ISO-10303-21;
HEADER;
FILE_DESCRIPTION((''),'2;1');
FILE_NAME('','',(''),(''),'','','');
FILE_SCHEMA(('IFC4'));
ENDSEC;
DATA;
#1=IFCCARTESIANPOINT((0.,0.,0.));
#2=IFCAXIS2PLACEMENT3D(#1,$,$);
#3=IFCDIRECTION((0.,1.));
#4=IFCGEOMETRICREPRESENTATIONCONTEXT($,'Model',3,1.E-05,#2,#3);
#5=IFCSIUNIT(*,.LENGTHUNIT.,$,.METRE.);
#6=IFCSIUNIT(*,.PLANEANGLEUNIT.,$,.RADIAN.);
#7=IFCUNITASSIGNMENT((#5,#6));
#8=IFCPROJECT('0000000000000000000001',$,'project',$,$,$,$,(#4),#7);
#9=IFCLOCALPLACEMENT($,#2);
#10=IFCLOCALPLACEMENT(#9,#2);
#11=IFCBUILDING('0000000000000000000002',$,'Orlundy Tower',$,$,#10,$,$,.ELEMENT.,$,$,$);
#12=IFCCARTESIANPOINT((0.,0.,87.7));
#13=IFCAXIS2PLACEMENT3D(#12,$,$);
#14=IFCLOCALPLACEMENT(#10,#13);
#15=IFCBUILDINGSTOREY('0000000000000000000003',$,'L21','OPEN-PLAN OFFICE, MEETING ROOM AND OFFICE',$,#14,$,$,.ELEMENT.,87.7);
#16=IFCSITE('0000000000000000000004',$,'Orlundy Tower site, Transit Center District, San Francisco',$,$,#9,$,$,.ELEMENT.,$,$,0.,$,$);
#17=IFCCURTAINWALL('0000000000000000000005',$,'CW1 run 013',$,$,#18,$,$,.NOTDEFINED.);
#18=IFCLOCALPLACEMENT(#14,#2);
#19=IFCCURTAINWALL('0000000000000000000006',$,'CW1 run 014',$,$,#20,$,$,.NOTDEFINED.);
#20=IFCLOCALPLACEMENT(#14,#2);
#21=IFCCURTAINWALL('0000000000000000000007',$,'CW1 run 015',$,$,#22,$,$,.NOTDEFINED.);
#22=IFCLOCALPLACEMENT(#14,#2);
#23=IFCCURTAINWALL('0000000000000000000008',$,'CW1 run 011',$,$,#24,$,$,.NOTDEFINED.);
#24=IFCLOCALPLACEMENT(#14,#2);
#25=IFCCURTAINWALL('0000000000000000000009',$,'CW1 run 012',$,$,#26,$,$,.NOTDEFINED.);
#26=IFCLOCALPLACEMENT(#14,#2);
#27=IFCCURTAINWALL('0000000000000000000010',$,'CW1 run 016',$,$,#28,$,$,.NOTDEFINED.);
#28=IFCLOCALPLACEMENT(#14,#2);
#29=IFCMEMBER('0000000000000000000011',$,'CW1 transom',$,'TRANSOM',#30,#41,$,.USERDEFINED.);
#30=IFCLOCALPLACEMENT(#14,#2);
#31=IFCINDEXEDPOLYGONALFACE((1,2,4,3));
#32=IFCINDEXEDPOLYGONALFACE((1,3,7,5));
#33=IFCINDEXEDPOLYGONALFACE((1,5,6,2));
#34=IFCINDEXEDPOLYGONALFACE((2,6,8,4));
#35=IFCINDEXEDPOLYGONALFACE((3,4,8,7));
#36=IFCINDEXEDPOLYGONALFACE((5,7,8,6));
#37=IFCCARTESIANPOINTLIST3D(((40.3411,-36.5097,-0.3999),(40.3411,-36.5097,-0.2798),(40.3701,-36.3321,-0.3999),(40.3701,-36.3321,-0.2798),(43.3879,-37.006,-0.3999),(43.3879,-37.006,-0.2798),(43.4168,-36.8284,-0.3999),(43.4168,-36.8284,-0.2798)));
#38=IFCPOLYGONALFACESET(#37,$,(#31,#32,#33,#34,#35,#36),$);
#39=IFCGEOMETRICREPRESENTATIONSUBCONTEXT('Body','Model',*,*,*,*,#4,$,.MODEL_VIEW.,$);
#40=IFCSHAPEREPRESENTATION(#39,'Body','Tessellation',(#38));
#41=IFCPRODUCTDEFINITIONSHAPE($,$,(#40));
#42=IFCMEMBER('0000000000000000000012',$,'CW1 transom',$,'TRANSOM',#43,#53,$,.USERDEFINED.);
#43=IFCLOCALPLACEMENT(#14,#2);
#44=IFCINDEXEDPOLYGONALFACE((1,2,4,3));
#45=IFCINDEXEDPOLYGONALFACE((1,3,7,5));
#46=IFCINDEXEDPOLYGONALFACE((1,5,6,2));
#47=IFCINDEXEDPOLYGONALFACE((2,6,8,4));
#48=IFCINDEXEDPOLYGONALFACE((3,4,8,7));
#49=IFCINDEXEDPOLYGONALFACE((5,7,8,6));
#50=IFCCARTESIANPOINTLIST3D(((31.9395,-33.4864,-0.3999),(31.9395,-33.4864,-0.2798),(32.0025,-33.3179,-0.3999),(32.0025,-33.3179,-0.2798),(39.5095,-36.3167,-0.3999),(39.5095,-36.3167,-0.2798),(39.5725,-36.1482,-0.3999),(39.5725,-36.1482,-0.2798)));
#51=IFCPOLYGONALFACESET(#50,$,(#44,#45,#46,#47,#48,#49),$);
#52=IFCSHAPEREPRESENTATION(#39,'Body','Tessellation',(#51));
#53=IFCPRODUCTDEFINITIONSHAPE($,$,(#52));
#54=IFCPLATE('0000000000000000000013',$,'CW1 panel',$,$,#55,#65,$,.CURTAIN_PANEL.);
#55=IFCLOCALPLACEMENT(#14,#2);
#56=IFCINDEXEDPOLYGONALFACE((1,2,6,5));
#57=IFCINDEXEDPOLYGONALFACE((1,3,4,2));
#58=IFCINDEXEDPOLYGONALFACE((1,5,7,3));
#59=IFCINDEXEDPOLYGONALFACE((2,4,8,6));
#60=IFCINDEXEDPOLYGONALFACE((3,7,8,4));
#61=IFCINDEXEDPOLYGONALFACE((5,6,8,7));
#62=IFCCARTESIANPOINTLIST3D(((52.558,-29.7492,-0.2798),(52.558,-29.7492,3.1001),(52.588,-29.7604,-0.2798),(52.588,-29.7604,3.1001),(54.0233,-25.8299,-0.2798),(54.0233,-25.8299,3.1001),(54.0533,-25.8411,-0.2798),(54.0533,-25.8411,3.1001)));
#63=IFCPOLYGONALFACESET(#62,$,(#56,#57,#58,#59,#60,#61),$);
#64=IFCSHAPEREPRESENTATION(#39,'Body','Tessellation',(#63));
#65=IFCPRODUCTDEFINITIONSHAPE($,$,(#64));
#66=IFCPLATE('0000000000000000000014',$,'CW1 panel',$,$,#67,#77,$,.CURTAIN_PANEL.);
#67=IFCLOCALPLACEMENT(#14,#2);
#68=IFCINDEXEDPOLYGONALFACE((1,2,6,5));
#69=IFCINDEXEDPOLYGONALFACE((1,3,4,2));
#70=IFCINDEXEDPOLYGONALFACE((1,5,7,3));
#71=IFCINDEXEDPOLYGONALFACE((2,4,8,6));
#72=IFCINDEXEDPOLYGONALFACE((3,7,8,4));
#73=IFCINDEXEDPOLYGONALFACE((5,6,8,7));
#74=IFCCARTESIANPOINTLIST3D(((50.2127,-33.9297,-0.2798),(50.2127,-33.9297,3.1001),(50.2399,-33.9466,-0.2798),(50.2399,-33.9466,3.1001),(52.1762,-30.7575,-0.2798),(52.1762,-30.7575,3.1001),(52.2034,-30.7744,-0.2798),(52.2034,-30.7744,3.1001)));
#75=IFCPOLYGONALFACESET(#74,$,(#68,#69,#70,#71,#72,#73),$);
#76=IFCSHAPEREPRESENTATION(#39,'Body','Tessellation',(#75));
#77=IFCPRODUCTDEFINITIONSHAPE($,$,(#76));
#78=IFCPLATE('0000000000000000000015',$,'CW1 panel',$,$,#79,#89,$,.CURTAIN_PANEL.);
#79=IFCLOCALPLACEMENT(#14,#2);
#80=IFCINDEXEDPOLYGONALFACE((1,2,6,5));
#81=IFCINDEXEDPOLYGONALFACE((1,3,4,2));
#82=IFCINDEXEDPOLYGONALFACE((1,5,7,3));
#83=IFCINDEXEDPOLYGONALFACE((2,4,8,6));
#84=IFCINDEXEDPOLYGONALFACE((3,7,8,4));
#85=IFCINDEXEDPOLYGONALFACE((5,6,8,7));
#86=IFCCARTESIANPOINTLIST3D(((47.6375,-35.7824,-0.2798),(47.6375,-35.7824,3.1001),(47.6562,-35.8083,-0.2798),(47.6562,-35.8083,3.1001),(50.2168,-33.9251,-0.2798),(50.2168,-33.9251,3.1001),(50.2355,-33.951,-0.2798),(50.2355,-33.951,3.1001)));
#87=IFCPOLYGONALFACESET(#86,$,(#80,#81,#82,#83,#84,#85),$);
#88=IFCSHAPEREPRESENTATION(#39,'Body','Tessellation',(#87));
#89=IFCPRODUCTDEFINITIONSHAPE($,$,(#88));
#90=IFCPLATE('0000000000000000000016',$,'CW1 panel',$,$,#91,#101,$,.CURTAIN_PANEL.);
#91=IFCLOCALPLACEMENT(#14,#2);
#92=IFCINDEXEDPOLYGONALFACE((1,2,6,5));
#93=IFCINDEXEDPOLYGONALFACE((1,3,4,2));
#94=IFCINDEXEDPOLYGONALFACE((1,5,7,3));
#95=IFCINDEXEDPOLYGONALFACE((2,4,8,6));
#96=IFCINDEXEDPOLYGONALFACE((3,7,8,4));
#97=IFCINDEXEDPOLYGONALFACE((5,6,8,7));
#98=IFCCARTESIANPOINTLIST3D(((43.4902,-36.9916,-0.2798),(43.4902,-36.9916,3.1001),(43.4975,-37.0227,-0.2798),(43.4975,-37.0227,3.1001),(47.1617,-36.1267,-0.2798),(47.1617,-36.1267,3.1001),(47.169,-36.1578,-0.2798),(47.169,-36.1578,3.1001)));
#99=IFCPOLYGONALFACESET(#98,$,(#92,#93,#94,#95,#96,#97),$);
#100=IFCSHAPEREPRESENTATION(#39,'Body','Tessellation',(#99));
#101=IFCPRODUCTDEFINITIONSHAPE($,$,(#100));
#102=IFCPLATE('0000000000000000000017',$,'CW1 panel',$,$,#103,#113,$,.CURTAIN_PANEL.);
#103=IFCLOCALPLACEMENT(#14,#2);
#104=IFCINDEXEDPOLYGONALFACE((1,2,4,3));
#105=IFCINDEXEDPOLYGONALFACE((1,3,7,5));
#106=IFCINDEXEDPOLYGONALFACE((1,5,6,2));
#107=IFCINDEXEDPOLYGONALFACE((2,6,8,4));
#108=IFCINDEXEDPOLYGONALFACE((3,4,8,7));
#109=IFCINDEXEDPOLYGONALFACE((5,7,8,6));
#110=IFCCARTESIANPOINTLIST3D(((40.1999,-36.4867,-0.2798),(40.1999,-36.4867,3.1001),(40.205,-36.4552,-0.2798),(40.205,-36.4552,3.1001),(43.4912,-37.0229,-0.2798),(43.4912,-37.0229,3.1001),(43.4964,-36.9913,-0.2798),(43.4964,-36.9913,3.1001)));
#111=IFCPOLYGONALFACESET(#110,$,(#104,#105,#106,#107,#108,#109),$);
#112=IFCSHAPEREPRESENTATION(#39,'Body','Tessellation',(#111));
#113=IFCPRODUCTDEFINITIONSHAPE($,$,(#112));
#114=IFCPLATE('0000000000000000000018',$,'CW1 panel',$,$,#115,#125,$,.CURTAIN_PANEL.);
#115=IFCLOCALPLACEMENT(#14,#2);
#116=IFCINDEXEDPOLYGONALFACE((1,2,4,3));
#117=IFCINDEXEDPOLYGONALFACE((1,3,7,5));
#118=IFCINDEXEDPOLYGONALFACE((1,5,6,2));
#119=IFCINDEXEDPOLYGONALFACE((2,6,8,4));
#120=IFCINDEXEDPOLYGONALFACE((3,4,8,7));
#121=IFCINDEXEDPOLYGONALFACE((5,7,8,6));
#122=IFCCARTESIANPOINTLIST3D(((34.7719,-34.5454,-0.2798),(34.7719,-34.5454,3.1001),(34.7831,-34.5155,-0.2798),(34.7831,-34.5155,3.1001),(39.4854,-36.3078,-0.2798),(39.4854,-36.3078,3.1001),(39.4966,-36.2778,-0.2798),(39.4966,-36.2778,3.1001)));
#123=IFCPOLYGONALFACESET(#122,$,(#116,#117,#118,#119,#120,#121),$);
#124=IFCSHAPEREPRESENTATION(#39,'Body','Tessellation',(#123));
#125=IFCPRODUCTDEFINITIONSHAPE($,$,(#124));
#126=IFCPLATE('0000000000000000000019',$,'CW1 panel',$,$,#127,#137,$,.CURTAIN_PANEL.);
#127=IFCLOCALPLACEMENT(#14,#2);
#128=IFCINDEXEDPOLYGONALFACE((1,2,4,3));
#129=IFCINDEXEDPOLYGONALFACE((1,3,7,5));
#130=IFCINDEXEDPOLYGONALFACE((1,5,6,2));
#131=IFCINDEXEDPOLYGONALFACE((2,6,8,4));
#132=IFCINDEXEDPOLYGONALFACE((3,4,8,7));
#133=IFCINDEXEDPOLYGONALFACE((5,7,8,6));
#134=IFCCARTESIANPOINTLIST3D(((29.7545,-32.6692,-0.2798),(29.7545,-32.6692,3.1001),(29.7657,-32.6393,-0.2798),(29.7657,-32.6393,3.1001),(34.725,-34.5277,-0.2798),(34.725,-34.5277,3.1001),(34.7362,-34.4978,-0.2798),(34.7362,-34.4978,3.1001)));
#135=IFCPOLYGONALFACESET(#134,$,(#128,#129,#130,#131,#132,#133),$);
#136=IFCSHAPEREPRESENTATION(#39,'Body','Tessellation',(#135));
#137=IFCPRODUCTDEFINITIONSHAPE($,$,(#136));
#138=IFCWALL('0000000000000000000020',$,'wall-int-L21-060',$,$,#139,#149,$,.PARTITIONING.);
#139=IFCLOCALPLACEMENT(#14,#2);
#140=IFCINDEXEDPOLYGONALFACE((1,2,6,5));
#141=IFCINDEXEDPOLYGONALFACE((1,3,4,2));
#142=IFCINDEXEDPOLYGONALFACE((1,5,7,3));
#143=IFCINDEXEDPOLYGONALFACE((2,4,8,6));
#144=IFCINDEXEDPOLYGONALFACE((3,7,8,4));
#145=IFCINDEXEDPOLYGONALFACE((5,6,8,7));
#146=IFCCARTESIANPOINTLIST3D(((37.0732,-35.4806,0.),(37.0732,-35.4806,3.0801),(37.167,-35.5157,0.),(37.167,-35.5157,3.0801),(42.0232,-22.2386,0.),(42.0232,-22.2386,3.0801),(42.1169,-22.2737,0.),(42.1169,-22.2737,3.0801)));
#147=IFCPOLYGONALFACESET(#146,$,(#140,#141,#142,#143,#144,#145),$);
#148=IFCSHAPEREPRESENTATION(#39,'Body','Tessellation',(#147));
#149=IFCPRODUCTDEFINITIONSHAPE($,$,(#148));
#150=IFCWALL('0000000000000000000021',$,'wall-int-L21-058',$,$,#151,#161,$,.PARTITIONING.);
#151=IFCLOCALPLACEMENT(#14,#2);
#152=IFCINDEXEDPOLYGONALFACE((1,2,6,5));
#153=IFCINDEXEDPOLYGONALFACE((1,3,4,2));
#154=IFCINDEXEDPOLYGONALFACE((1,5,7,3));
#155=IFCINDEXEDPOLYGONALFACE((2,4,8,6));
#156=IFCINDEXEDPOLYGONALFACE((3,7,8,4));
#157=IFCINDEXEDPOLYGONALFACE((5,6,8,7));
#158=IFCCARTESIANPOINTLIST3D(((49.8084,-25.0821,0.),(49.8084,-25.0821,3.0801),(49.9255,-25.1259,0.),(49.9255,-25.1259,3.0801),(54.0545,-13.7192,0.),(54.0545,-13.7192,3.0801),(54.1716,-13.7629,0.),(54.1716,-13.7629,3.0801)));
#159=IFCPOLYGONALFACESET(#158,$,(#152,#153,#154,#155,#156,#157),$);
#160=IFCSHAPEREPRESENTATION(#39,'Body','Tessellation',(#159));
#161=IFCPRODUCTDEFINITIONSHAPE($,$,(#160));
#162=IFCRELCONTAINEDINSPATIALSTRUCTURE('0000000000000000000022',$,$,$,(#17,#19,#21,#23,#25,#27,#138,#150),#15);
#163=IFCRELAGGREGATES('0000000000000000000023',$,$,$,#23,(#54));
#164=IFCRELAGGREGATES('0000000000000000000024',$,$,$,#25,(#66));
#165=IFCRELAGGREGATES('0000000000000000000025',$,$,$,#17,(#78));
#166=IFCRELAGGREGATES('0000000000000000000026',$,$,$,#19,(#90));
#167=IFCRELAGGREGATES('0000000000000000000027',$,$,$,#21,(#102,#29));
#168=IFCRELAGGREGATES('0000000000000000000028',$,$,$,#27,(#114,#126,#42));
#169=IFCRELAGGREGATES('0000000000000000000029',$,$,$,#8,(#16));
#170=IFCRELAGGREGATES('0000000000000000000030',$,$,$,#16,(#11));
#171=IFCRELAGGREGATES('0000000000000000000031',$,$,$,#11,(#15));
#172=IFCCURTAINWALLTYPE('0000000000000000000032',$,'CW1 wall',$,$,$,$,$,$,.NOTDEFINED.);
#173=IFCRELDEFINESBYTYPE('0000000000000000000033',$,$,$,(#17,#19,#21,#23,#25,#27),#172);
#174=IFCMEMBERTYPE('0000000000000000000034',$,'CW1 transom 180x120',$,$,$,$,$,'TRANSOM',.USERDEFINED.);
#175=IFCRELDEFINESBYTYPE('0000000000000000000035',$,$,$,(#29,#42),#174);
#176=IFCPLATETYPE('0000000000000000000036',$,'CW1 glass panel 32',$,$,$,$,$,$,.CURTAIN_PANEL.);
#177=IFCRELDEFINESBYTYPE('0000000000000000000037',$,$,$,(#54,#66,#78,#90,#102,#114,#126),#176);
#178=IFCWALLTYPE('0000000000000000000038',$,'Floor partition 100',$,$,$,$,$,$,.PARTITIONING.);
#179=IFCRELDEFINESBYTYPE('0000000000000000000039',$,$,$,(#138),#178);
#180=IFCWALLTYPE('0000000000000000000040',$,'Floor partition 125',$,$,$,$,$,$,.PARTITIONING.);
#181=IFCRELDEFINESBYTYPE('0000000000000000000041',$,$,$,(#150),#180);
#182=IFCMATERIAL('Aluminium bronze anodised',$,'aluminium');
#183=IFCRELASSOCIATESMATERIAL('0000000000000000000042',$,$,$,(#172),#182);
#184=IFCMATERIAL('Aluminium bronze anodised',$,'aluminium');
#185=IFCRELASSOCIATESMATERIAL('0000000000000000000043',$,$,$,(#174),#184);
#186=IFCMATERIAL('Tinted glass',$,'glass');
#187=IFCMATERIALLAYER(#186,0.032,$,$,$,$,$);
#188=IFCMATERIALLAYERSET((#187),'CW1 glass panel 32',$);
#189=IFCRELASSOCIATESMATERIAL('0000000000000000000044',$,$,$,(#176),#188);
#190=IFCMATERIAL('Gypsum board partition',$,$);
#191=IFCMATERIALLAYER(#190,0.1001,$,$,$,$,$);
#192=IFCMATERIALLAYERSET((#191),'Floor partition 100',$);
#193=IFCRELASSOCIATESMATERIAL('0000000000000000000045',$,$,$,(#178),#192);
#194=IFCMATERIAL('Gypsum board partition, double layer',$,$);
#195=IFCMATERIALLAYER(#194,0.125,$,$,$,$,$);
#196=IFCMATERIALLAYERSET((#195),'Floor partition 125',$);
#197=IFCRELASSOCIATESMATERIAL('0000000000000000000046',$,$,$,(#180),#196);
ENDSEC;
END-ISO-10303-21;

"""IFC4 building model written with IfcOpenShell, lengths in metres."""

from ifc_helpers import new_model, si_unit, direction, frame, frame_2d, origin, origin_2d, place, context, subcontext, project, spatial, rectangle, extrude, material, layer, layer_set, material_profile, profile_set, type_object, element, aggregate, save


model = new_model("IFC4")

# Units and contexts
model_context = context("Model", 3, precision=1e-05, world=origin(), true_north=direction((0.0, 1.0)))
body_context = subcontext(model_context, "Body", "Model", "MODEL_VIEW")
ifc_project = project(units=[si_unit("LENGTHUNIT", "METRE"), si_unit("PLANEANGLEUNIT", "RADIAN")], contexts=[model_context])

# Site, building, storey
site_placement = place(None, origin())
site = spatial("IfcSite", under=ifc_project, at=site_placement, Name="Orlundy Tower site, Transit Center District, San Francisco", CompositionType="ELEMENT", RefElevation=0.0)
building_placement = place(site_placement, origin())
building = spatial("IfcBuilding", under=site, at=building_placement, Name="Orlundy Tower", CompositionType="ELEMENT")
storey_placement = place(building_placement, frame((0.0, 0.0, 87.7)))
storey = spatial("IfcBuildingStorey", under=building, at=storey_placement, Name="L21", Description="OPEN-PLAN OFFICE, MEETING ROOM AND OFFICE", CompositionType="ELEMENT", Elevation=87.7)

# Curtain walls
ifc_material_1 = material(Name="Aluminium bronze anodised", Category="aluminium")
curtain_wall_type = type_object("IfcCurtainWallType", Name="CW1 wall", PredefinedType="NOTDEFINED", material=ifc_material_1)
curtain_wall_1_placement = place(storey_placement, origin())
curtain_wall_1 = element("IfcCurtainWall", 1, at=curtain_wall_1_placement, inside=storey, type_object=curtain_wall_type, Name="CW1 run 013", PredefinedType="NOTDEFINED")
curtain_wall_2_placement = place(storey_placement, origin())
curtain_wall_2 = element("IfcCurtainWall", 2, at=curtain_wall_2_placement, inside=storey, type_object=curtain_wall_type, Name="CW1 run 014", PredefinedType="NOTDEFINED")
curtain_wall_3_placement = place(storey_placement, origin())
curtain_wall_3 = element("IfcCurtainWall", 3, at=curtain_wall_3_placement, inside=storey, type_object=curtain_wall_type, Name="CW1 run 015", PredefinedType="NOTDEFINED")
curtain_wall_4_placement = place(storey_placement, origin())
curtain_wall_4 = element("IfcCurtainWall", 4, at=curtain_wall_4_placement, inside=storey, type_object=curtain_wall_type, Name="CW1 run 011", PredefinedType="NOTDEFINED")
curtain_wall_5_placement = place(storey_placement, origin())
curtain_wall_5 = element("IfcCurtainWall", 5, at=curtain_wall_5_placement, inside=storey, type_object=curtain_wall_type, Name="CW1 run 012", PredefinedType="NOTDEFINED")
curtain_wall_6_placement = place(storey_placement, origin())
curtain_wall_6 = element("IfcCurtainWall", 6, at=curtain_wall_6_placement, inside=storey, type_object=curtain_wall_type, Name="CW1 run 016", PredefinedType="NOTDEFINED")

# Members
ifc_material_2 = material(Name="Aluminium bronze anodised", Category="aluminium")
ifc_material_profile_1 = material_profile(ifc_material_2, rectangle(XDim=0.1799, YDim=0.1201, at=origin_2d()), Name="CW1 transom 180x120")
ifc_profile_set_1 = profile_set([ifc_material_profile_1], Name="Aluminium bronze anodised")
member_type_1 = type_object("IfcMemberType", Name="CW1 transom 180x120", ElementType="TRANSOM", PredefinedType="USERDEFINED", material=ifc_profile_set_1)
member_1_placement = place(storey_placement, frame((43.4023, -36.9172, -0.3398), z_axis=(-0.986988, 0.160794, 0.0), x_axis=(-0.160794, -0.986988, 0.0)))
member_1 = element("IfcMember", 7, at=member_1_placement, type_object=member_type_1, Name="CW1 transom", ObjectType="TRANSOM", PredefinedType="USERDEFINED", context=body_context, shape_type="SweptSolid", body=[
    extrude(rectangle(XDim=0.1799, YDim=0.1201, at=origin_2d()), origin(), (0.0, 0.0, 1.0), 3.0869),
])
member_2_placement = place(storey_placement, frame((39.541, -36.2324, -0.3398), z_axis=(-0.936673, 0.350206, 0.0), x_axis=(-0.350206, -0.936673, 0.0)))
member_2 = element("IfcMember", 8, at=member_2_placement, type_object=member_type_1, Name="CW1 transom", ObjectType="TRANSOM", PredefinedType="USERDEFINED", context=body_context, shape_type="SweptSolid", body=[
    extrude(rectangle(XDim=0.1799, YDim=0.1201, at=origin_2d()), origin(), (0.0, 0.0, 1.0), 8.0818),
])

# Plates
ifc_material_3 = material(Name="Tinted glass", Category="glass")
ifc_layer_1 = layer(ifc_material_3, 0.032)
ifc_layer_set_1 = layer_set([ifc_layer_1], Name="CW1 glass panel 32")
plate_type = type_object("IfcPlateType", Name="CW1 glass panel 32", PredefinedType="CURTAIN_PANEL", material=ifc_layer_set_1)
plate_1_placement = place(storey_placement, frame((53.3057, -27.7952, -0.2798), z_axis=(0.0, 0.0, 1.0), x_axis=(-0.350194, -0.936677, 0.0)))
plate_1 = element("IfcPlate", 9, at=plate_1_placement, type_object=plate_type, Name="CW1 panel", PredefinedType="CURTAIN_PANEL", context=body_context, shape_type="SweptSolid", body=[
    extrude(rectangle(XDim=4.1843, YDim=0.032, at=origin_2d()), origin(), (0.0, 0.0, 1.0), 3.3799),
])
aggregate(curtain_wall_4, [plate_1])
plate_2_placement = place(storey_placement, frame((51.208, -32.3521, -0.2798), z_axis=(0.0, 0.0, 1.0), x_axis=(-0.526308, -0.850294, 0.0)))
plate_2 = element("IfcPlate", 10, at=plate_2_placement, type_object=plate_type, Name="CW1 panel", PredefinedType="CURTAIN_PANEL", context=body_context, shape_type="SweptSolid", body=[
    extrude(rectangle(XDim=3.7307, YDim=0.032, at=origin_2d()), origin(), (0.0, 0.0, 1.0), 3.3799),
])
aggregate(curtain_wall_5, [plate_2])
plate_3_placement = place(storey_placement, frame((48.9365, -34.8667, -0.2798), z_axis=(0.0, 0.0, 1.0), x_axis=(-0.811504, -0.584347, 0.0)))
plate_3 = element("IfcPlate", 11, at=plate_3_placement, type_object=plate_type, Name="CW1 panel", PredefinedType="CURTAIN_PANEL", context=body_context, shape_type="SweptSolid", body=[
    extrude(rectangle(XDim=3.1785, YDim=0.032, at=origin_2d()), origin(), (0.0, 0.0, 1.0), 3.3799),
])
aggregate(curtain_wall_1, [plate_3])
plate_4_placement = place(storey_placement, frame((45.3296, -36.5747, -0.2798), z_axis=(0.0, 0.0, 1.0), x_axis=(-0.973353, -0.22931, 0.0)))
plate_4 = element("IfcPlate", 12, at=plate_4_placement, type_object=plate_type, Name="CW1 panel", PredefinedType="CURTAIN_PANEL", context=body_context, shape_type="SweptSolid", body=[
    extrude(rectangle(XDim=3.772, YDim=0.032, at=origin_2d()), origin(), (0.0, 0.0, 1.0), 3.3799),
])
aggregate(curtain_wall_2, [plate_4])
plate_5_placement = place(storey_placement, frame((41.8481, -36.739, -0.2798), z_axis=(0.0, 0.0, 1.0), x_axis=(-0.986992, 0.160767, 0.0)))
plate_5 = element("IfcPlate", 13, at=plate_5_placement, type_object=plate_type, Name="CW1 panel", PredefinedType="CURTAIN_PANEL", context=body_context, shape_type="SweptSolid", body=[
    extrude(rectangle(XDim=3.3347, YDim=0.032, at=origin_2d()), origin(), (0.0, 0.0, 1.0), 3.3799),
])
aggregate(curtain_wall_3, [plate_5, member_1])
plate_6_placement = place(storey_placement, frame((37.1343, -35.4116, -0.2798), z_axis=(0.0, 0.0, 1.0), x_axis=(-0.936668, 0.350219, 0.0)))
plate_6 = element("IfcPlate", 14, at=plate_6_placement, type_object=plate_type, Name="CW1 panel", PredefinedType="CURTAIN_PANEL", context=body_context, shape_type="SweptSolid", body=[
    extrude(rectangle(XDim=5.0322, YDim=0.032, at=origin_2d()), origin(), (0.0, 0.0, 1.0), 3.3799),
])
plate_7_placement = place(storey_placement, frame((32.2454, -33.5835, -0.2798), z_axis=(0.0, 0.0, 1.0), x_axis=(-0.936668, 0.350219, 0.0)))
plate_7 = element("IfcPlate", 15, at=plate_7_placement, type_object=plate_type, Name="CW1 panel", PredefinedType="CURTAIN_PANEL", context=body_context, shape_type="SweptSolid", body=[
    extrude(rectangle(XDim=5.3066, YDim=0.032, at=origin_2d()), origin(), (0.0, 0.0, 1.0), 3.3799),
])
aggregate(curtain_wall_6, [plate_6, plate_7, member_2])

# Walls
ifc_material_4 = material(Name="Gypsum board partition")
ifc_layer_2 = layer(ifc_material_4, 0.1001)
ifc_layer_set_2 = layer_set([ifc_layer_2], Name="Floor partition 100")
wall_type_1 = type_object("IfcWallType", Name="Floor partition 100", PredefinedType="PARTITIONING", material=ifc_layer_set_2)
wall_1_placement = place(storey_placement, frame((37.1201, -35.498, 0.0), z_axis=(0.0, 0.0, 1.0), x_axis=(0.350145, 0.936696, 0.0)))
element("IfcWall", 16, at=wall_1_placement, inside=storey, type_object=wall_type_1, Name="wall-int-L21-060", PredefinedType="PARTITIONING", context=body_context, shape_type="SweptSolid", body=[
    extrude(rectangle(XDim=14.137, YDim=0.1001, at=frame_2d((7.0684, 0.0))), origin(), (0.0, 0.0, 1.0), 3.0801),
])
ifc_material_5 = material(Name="Gypsum board partition, double layer")
ifc_layer_3 = layer(ifc_material_5, 0.125)
ifc_layer_set_3 = layer_set([ifc_layer_3], Name="Floor partition 125")
wall_type_2 = type_object("IfcWallType", Name="Floor partition 125", PredefinedType="PARTITIONING", material=ifc_layer_set_3)
wall_2_placement = place(storey_placement, frame((49.8669, -25.104, 0.0), z_axis=(0.0, 0.0, 1.0), x_axis=(0.350036, 0.936736, 0.0)))
element("IfcWall", 17, at=wall_2_placement, inside=storey, type_object=wall_type_2, Name="wall-int-L21-058", PredefinedType="PARTITIONING", context=body_context, shape_type="SweptSolid", body=[
    extrude(rectangle(XDim=12.1304, YDim=0.125, at=frame_2d((6.0652, 0.0))), origin(), (0.0, 0.0, 1.0), 3.0801),
])

save(model, "model.ifc")
